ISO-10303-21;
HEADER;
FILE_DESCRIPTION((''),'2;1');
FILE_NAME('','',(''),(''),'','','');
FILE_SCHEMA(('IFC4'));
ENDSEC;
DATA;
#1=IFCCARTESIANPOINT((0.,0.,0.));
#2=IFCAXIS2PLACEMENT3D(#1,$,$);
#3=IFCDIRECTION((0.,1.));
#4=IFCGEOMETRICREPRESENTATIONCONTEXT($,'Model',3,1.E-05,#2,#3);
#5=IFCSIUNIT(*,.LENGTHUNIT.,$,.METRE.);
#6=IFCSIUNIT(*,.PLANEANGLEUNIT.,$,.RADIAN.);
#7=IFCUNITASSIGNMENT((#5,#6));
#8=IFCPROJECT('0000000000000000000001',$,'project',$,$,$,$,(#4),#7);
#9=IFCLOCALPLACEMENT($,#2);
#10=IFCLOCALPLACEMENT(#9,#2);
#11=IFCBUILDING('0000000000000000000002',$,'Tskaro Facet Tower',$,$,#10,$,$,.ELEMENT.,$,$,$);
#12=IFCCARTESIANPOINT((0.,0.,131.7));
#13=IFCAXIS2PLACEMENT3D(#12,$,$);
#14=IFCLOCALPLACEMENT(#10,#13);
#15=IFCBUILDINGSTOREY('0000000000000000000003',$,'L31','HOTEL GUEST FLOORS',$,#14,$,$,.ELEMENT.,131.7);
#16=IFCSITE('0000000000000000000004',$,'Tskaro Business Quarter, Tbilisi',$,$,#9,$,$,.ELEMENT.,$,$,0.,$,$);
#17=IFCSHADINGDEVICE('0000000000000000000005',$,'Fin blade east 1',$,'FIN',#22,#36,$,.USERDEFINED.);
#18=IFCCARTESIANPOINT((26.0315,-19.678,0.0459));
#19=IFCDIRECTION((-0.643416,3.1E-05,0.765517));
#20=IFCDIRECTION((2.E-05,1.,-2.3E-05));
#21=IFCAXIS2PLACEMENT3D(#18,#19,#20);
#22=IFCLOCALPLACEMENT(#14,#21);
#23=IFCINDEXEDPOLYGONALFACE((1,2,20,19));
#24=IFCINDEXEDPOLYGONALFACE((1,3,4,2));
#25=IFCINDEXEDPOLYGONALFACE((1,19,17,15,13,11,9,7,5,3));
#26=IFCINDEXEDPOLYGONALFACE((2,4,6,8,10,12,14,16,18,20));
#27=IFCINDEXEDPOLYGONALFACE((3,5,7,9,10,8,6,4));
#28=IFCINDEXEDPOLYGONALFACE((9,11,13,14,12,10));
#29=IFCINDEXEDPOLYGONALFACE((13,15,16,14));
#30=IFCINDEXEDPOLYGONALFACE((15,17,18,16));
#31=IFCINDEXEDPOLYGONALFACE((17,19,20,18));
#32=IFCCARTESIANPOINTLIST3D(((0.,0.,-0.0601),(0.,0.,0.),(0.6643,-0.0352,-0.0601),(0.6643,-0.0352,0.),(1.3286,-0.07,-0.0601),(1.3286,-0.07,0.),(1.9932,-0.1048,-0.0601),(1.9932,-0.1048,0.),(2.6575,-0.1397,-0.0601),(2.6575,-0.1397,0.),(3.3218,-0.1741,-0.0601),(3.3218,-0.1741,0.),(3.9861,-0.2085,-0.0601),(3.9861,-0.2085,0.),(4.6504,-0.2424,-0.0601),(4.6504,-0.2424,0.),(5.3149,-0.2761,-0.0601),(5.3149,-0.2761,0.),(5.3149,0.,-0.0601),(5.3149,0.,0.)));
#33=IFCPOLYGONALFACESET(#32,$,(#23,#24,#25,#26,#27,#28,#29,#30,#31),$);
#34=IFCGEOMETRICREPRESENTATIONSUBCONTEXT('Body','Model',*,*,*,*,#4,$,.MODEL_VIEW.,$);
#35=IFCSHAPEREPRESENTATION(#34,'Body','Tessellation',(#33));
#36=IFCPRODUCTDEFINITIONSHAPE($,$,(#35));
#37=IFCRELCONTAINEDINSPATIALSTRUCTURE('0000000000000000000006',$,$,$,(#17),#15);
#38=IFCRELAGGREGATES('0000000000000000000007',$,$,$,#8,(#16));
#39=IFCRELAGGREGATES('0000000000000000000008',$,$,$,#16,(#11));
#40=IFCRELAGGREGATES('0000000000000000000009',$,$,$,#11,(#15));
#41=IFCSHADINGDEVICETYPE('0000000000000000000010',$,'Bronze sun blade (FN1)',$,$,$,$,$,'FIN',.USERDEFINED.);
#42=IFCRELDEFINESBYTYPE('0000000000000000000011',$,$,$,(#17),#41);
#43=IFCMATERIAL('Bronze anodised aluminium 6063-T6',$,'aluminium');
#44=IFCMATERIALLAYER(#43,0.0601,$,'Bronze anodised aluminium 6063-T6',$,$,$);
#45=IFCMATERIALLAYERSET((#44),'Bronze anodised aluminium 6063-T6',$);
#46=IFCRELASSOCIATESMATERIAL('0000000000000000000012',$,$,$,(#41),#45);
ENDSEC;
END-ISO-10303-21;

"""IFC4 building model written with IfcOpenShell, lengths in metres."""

from ifc_helpers import new_model, si_unit, direction, frame, origin, place, context, subcontext, project, spatial, polyline, outline, extrude, material, layer, layer_set, type_object, element, save


model = new_model("IFC4")

# Units and contexts
model_context = context("Model", 3, precision=1e-05, world=origin(), true_north=direction((0.0, 1.0)))
body_context = subcontext(model_context, "Body", "Model", "MODEL_VIEW")
ifc_project = project(units=[si_unit("LENGTHUNIT", "METRE"), si_unit("PLANEANGLEUNIT", "RADIAN")], contexts=[model_context])

# Site, building, storey
site_placement = place(None, origin())
site = spatial("IfcSite", under=ifc_project, at=site_placement, Name="Tskaro Business Quarter, Tbilisi", CompositionType="ELEMENT", RefElevation=0.0)
building_placement = place(site_placement, origin())
building = spatial("IfcBuilding", under=site, at=building_placement, Name="Tskaro Facet Tower", CompositionType="ELEMENT")
storey_placement = place(building_placement, frame((0.0, 0.0, 131.7)))
storey = spatial("IfcBuildingStorey", under=building, at=storey_placement, Name="L31", Description="HOTEL GUEST FLOORS", CompositionType="ELEMENT", Elevation=131.7)

# Shared definitions
ifc_material_1 = material(Name="Bronze anodised aluminium 6063-T6", Category="aluminium")

# Shading device
ifc_layer_1 = layer(ifc_material_1, 0.0601, Name="Bronze anodised aluminium 6063-T6")
ifc_layer_set_1 = layer_set([ifc_layer_1], Name="Bronze anodised aluminium 6063-T6")
shading_device_type = type_object("IfcShadingDeviceType", Name="Bronze sun blade (FN1)", ElementType="FIN", PredefinedType="USERDEFINED", material=ifc_layer_set_1)
shading_device_1_placement = place(storey_placement, frame((26.0315, -19.678, 0.0459), z_axis=(-0.643416, 0.000031, 0.765517), x_axis=(0.00002, 1.0, -0.000023)))
element("IfcShadingDevice", 1, at=shading_device_1_placement, inside=storey, type_object=shading_device_type, Name="Fin blade east 1", ObjectType="FIN", PredefinedType="USERDEFINED", context=body_context, shape_type="SweptSolid", body=[
    extrude(outline(polyline([(0.0, 0.0), (5.3149, 0.0), (5.3149, -0.2761), (4.6504, -0.2424), (3.9861, -0.2085), (3.3218, -0.1741), (2.6575, -0.1397), (1.9932, -0.1048), (1.3286, -0.07), (0.6643, -0.0352), (0.0, 0.0)])), origin(), (0.0, 0.0, -1.0), 0.0601),
])

save(model, "model.ifc")
